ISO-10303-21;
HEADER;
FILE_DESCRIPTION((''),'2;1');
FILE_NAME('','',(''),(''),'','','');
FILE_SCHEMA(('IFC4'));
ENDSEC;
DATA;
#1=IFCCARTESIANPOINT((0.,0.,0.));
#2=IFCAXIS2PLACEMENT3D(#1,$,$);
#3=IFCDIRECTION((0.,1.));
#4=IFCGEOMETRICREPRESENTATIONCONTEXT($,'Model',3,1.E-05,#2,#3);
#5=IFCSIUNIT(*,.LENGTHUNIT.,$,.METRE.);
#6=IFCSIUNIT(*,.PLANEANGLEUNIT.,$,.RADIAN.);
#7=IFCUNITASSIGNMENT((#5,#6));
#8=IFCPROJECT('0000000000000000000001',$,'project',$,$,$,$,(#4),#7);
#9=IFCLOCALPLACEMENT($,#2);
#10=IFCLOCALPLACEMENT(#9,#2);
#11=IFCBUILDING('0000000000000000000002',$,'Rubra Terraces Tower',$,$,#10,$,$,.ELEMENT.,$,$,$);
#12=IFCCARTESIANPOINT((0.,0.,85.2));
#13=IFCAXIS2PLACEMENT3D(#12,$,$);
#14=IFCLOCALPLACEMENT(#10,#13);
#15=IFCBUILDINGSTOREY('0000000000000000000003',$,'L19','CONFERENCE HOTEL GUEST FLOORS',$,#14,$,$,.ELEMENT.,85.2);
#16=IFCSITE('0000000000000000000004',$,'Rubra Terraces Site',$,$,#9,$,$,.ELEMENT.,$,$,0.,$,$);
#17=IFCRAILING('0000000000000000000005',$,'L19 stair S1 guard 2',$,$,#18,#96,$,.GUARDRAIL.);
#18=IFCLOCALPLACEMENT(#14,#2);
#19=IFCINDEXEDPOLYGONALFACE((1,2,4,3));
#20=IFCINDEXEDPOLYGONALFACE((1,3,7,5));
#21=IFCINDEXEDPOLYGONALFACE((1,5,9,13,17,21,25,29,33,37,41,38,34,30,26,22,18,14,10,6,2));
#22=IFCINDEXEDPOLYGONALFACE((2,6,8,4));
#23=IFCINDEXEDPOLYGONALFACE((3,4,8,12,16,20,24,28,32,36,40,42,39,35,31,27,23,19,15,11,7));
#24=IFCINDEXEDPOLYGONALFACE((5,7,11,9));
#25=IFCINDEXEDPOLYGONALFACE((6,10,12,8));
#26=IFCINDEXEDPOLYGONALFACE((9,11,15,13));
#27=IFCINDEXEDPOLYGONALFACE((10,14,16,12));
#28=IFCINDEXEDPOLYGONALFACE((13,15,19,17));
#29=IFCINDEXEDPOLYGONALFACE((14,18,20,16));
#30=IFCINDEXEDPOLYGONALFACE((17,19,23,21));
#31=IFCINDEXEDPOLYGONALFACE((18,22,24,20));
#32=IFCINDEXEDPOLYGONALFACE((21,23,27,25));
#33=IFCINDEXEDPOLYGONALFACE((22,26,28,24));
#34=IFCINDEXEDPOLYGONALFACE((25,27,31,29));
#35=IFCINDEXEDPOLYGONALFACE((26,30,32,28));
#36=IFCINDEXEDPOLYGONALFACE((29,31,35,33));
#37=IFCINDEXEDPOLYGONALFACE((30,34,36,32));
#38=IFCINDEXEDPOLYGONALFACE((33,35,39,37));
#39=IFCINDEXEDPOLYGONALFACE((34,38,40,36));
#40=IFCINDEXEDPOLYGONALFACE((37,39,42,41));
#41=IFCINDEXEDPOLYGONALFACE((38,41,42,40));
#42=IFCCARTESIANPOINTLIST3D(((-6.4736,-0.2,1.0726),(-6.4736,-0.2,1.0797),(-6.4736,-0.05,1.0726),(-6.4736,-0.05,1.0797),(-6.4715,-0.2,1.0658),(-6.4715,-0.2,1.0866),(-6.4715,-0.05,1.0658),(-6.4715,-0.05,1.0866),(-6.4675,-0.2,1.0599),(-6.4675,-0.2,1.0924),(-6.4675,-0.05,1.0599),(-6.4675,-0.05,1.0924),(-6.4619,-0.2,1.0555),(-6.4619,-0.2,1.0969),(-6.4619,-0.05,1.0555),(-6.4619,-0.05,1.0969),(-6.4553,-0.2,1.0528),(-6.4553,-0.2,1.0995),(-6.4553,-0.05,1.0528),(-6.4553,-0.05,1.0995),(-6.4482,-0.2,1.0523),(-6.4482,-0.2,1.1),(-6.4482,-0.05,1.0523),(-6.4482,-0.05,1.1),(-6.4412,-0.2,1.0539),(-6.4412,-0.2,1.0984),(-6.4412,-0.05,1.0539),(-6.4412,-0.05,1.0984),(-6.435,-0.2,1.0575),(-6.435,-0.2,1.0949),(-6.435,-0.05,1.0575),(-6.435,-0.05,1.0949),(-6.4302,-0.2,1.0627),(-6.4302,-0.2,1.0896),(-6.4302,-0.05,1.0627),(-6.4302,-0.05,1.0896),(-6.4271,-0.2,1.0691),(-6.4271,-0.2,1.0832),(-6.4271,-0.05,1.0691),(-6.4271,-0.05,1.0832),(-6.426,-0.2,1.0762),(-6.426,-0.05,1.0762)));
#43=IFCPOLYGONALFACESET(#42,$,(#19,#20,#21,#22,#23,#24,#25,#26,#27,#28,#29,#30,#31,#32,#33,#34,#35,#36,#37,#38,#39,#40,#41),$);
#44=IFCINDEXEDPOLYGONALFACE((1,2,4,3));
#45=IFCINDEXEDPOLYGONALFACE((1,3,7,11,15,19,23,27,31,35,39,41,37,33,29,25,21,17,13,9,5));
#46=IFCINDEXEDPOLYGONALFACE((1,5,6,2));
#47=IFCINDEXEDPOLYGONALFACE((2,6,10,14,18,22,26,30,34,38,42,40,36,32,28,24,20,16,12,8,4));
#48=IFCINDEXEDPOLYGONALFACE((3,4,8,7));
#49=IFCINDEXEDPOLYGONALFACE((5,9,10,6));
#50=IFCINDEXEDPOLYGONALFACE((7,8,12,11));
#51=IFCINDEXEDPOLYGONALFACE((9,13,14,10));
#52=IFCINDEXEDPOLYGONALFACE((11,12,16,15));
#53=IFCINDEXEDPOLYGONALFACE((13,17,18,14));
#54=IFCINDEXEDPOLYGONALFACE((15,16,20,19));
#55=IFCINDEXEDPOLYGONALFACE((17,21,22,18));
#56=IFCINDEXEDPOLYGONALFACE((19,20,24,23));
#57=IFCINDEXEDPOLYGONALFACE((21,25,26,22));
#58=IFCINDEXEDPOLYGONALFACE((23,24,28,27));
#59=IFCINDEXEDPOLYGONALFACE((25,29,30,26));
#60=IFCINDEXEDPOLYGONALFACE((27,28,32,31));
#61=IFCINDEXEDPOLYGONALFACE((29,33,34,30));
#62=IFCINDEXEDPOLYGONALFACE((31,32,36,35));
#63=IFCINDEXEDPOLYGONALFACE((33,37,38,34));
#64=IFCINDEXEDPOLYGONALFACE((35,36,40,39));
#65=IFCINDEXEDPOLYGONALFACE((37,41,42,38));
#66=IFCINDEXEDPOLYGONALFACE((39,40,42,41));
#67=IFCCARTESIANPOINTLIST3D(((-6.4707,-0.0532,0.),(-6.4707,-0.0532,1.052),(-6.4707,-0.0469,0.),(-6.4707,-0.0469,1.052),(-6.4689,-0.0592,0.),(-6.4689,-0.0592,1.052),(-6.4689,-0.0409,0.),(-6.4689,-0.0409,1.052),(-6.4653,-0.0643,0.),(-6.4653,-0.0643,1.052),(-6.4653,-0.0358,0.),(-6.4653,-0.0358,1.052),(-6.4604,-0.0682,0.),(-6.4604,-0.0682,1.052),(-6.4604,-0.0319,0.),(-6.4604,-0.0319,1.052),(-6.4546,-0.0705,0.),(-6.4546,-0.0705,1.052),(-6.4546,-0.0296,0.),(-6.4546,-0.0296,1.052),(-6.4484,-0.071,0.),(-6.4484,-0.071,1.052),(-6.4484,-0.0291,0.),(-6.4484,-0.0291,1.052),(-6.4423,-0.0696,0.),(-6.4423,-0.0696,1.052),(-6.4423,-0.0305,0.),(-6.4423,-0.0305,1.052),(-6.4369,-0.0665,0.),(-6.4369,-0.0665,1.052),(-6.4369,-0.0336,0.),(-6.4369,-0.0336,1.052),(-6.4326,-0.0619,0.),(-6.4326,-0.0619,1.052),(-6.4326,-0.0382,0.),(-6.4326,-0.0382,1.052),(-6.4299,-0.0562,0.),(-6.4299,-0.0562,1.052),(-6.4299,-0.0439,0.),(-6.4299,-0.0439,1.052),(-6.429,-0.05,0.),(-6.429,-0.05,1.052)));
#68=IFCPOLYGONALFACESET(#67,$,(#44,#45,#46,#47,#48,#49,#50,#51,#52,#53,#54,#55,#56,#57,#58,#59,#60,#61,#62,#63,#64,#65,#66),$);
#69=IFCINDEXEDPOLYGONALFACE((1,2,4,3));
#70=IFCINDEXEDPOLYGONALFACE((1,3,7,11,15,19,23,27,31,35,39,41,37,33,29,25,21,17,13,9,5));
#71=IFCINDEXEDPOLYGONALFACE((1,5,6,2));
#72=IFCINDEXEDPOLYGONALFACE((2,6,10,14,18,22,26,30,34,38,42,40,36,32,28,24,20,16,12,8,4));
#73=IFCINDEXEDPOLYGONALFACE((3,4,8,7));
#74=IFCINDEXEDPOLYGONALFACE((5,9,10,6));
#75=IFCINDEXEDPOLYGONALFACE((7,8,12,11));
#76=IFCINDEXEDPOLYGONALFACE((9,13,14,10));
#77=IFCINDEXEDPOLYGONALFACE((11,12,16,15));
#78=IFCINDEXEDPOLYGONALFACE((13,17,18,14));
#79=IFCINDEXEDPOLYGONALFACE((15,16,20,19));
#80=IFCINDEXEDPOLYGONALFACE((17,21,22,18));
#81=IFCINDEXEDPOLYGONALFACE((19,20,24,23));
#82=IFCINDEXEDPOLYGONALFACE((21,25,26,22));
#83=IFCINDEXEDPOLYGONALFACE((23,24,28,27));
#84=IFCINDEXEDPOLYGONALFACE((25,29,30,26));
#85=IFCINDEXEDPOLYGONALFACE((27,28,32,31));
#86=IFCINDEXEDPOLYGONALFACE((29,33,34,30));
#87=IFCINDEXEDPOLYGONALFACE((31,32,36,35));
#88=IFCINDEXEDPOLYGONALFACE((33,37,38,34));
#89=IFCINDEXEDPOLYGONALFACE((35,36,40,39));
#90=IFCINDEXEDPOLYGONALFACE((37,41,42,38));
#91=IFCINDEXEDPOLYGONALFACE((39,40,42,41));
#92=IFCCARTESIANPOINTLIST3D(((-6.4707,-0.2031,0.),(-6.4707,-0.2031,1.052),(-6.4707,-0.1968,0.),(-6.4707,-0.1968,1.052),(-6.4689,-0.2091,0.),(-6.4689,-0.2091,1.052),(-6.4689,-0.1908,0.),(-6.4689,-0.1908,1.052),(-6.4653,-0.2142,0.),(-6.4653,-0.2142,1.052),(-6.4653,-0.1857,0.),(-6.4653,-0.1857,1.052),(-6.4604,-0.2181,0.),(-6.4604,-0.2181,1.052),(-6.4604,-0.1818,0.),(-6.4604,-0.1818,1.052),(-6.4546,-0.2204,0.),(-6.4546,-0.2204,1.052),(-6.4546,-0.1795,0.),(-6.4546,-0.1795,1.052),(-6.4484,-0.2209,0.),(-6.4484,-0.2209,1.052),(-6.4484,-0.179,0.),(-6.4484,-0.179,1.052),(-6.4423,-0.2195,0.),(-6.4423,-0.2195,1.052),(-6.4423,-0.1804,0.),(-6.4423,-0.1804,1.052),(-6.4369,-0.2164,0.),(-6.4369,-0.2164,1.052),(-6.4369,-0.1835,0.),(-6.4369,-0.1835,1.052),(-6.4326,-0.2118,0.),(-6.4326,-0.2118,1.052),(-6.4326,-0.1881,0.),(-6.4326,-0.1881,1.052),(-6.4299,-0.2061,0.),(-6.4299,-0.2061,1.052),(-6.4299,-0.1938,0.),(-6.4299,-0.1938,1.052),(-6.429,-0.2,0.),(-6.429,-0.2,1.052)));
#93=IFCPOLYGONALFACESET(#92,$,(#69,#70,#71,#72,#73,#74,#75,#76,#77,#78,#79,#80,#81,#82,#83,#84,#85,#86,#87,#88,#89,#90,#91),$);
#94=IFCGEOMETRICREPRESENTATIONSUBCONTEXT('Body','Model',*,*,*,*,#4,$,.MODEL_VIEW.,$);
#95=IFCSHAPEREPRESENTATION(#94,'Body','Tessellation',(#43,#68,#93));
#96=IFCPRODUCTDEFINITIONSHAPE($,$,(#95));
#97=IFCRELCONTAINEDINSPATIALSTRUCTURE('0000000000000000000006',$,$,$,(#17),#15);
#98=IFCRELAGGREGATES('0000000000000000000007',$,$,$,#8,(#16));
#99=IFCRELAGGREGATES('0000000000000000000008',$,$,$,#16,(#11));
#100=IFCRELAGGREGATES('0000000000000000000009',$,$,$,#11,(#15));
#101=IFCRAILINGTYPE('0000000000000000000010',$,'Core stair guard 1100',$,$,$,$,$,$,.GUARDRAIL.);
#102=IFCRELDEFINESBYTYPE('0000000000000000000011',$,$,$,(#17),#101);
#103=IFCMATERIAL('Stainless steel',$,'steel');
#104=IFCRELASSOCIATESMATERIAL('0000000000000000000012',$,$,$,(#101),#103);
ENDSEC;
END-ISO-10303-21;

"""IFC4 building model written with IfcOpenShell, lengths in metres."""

from ifc_helpers import new_model, si_unit, direction, frame, origin, origin_2d, place, context, subcontext, project, spatial, circle, extrude, material, type_object, element, save


model = new_model("IFC4")

# Units and contexts
model_context = context("Model", 3, precision=1e-05, world=origin(), true_north=direction((0.0, 1.0)))
body_context = subcontext(model_context, "Body", "Model", "MODEL_VIEW")
ifc_project = project(units=[si_unit("LENGTHUNIT", "METRE"), si_unit("PLANEANGLEUNIT", "RADIAN")], contexts=[model_context])

# Site, building, storey
site_placement = place(None, origin())
site = spatial("IfcSite", under=ifc_project, at=site_placement, Name="Rubra Terraces Site", CompositionType="ELEMENT", RefElevation=0.0)
building_placement = place(site_placement, origin())
building = spatial("IfcBuilding", under=site, at=building_placement, Name="Rubra Terraces Tower", CompositionType="ELEMENT")
storey_placement = place(building_placement, frame((0.0, 0.0, 85.2)))
storey = spatial("IfcBuildingStorey", under=building, at=storey_placement, Name="L19", Description="CONFERENCE HOTEL GUEST FLOORS", CompositionType="ELEMENT", Elevation=85.2)

# Railing
ifc_material_1 = material(Name="Stainless steel", Category="steel")
railing_type = type_object("IfcRailingType", Name="Core stair guard 1100", PredefinedType="GUARDRAIL", material=ifc_material_1)
railing_1_placement = place(storey_placement, frame((-6.45, -0.05, 0.0)))
element("IfcRailing", 1, at=railing_1_placement, inside=storey, type_object=railing_type, Name="L19 stair S1 guard 2", PredefinedType="GUARDRAIL", context=body_context, shape_type="SweptSolid", body=[
    extrude(circle(Radius=0.0239, at=origin_2d()), frame((0.0, 0.0, 1.0762), z_axis=(0.0, -1.0, 0.0), x_axis=(1.0, 0.0, 0.0)), (0.0, 0.0, 1.0), 0.1499),
    extrude(circle(Radius=0.021, at=origin_2d()), origin(), (0.0, 0.0, 1.0), 1.052),
    extrude(circle(Radius=0.021, at=origin_2d()), frame((0.0, -0.1499, 0.0)), (0.0, 0.0, 1.0), 1.052),
])

save(model, "model.ifc")
